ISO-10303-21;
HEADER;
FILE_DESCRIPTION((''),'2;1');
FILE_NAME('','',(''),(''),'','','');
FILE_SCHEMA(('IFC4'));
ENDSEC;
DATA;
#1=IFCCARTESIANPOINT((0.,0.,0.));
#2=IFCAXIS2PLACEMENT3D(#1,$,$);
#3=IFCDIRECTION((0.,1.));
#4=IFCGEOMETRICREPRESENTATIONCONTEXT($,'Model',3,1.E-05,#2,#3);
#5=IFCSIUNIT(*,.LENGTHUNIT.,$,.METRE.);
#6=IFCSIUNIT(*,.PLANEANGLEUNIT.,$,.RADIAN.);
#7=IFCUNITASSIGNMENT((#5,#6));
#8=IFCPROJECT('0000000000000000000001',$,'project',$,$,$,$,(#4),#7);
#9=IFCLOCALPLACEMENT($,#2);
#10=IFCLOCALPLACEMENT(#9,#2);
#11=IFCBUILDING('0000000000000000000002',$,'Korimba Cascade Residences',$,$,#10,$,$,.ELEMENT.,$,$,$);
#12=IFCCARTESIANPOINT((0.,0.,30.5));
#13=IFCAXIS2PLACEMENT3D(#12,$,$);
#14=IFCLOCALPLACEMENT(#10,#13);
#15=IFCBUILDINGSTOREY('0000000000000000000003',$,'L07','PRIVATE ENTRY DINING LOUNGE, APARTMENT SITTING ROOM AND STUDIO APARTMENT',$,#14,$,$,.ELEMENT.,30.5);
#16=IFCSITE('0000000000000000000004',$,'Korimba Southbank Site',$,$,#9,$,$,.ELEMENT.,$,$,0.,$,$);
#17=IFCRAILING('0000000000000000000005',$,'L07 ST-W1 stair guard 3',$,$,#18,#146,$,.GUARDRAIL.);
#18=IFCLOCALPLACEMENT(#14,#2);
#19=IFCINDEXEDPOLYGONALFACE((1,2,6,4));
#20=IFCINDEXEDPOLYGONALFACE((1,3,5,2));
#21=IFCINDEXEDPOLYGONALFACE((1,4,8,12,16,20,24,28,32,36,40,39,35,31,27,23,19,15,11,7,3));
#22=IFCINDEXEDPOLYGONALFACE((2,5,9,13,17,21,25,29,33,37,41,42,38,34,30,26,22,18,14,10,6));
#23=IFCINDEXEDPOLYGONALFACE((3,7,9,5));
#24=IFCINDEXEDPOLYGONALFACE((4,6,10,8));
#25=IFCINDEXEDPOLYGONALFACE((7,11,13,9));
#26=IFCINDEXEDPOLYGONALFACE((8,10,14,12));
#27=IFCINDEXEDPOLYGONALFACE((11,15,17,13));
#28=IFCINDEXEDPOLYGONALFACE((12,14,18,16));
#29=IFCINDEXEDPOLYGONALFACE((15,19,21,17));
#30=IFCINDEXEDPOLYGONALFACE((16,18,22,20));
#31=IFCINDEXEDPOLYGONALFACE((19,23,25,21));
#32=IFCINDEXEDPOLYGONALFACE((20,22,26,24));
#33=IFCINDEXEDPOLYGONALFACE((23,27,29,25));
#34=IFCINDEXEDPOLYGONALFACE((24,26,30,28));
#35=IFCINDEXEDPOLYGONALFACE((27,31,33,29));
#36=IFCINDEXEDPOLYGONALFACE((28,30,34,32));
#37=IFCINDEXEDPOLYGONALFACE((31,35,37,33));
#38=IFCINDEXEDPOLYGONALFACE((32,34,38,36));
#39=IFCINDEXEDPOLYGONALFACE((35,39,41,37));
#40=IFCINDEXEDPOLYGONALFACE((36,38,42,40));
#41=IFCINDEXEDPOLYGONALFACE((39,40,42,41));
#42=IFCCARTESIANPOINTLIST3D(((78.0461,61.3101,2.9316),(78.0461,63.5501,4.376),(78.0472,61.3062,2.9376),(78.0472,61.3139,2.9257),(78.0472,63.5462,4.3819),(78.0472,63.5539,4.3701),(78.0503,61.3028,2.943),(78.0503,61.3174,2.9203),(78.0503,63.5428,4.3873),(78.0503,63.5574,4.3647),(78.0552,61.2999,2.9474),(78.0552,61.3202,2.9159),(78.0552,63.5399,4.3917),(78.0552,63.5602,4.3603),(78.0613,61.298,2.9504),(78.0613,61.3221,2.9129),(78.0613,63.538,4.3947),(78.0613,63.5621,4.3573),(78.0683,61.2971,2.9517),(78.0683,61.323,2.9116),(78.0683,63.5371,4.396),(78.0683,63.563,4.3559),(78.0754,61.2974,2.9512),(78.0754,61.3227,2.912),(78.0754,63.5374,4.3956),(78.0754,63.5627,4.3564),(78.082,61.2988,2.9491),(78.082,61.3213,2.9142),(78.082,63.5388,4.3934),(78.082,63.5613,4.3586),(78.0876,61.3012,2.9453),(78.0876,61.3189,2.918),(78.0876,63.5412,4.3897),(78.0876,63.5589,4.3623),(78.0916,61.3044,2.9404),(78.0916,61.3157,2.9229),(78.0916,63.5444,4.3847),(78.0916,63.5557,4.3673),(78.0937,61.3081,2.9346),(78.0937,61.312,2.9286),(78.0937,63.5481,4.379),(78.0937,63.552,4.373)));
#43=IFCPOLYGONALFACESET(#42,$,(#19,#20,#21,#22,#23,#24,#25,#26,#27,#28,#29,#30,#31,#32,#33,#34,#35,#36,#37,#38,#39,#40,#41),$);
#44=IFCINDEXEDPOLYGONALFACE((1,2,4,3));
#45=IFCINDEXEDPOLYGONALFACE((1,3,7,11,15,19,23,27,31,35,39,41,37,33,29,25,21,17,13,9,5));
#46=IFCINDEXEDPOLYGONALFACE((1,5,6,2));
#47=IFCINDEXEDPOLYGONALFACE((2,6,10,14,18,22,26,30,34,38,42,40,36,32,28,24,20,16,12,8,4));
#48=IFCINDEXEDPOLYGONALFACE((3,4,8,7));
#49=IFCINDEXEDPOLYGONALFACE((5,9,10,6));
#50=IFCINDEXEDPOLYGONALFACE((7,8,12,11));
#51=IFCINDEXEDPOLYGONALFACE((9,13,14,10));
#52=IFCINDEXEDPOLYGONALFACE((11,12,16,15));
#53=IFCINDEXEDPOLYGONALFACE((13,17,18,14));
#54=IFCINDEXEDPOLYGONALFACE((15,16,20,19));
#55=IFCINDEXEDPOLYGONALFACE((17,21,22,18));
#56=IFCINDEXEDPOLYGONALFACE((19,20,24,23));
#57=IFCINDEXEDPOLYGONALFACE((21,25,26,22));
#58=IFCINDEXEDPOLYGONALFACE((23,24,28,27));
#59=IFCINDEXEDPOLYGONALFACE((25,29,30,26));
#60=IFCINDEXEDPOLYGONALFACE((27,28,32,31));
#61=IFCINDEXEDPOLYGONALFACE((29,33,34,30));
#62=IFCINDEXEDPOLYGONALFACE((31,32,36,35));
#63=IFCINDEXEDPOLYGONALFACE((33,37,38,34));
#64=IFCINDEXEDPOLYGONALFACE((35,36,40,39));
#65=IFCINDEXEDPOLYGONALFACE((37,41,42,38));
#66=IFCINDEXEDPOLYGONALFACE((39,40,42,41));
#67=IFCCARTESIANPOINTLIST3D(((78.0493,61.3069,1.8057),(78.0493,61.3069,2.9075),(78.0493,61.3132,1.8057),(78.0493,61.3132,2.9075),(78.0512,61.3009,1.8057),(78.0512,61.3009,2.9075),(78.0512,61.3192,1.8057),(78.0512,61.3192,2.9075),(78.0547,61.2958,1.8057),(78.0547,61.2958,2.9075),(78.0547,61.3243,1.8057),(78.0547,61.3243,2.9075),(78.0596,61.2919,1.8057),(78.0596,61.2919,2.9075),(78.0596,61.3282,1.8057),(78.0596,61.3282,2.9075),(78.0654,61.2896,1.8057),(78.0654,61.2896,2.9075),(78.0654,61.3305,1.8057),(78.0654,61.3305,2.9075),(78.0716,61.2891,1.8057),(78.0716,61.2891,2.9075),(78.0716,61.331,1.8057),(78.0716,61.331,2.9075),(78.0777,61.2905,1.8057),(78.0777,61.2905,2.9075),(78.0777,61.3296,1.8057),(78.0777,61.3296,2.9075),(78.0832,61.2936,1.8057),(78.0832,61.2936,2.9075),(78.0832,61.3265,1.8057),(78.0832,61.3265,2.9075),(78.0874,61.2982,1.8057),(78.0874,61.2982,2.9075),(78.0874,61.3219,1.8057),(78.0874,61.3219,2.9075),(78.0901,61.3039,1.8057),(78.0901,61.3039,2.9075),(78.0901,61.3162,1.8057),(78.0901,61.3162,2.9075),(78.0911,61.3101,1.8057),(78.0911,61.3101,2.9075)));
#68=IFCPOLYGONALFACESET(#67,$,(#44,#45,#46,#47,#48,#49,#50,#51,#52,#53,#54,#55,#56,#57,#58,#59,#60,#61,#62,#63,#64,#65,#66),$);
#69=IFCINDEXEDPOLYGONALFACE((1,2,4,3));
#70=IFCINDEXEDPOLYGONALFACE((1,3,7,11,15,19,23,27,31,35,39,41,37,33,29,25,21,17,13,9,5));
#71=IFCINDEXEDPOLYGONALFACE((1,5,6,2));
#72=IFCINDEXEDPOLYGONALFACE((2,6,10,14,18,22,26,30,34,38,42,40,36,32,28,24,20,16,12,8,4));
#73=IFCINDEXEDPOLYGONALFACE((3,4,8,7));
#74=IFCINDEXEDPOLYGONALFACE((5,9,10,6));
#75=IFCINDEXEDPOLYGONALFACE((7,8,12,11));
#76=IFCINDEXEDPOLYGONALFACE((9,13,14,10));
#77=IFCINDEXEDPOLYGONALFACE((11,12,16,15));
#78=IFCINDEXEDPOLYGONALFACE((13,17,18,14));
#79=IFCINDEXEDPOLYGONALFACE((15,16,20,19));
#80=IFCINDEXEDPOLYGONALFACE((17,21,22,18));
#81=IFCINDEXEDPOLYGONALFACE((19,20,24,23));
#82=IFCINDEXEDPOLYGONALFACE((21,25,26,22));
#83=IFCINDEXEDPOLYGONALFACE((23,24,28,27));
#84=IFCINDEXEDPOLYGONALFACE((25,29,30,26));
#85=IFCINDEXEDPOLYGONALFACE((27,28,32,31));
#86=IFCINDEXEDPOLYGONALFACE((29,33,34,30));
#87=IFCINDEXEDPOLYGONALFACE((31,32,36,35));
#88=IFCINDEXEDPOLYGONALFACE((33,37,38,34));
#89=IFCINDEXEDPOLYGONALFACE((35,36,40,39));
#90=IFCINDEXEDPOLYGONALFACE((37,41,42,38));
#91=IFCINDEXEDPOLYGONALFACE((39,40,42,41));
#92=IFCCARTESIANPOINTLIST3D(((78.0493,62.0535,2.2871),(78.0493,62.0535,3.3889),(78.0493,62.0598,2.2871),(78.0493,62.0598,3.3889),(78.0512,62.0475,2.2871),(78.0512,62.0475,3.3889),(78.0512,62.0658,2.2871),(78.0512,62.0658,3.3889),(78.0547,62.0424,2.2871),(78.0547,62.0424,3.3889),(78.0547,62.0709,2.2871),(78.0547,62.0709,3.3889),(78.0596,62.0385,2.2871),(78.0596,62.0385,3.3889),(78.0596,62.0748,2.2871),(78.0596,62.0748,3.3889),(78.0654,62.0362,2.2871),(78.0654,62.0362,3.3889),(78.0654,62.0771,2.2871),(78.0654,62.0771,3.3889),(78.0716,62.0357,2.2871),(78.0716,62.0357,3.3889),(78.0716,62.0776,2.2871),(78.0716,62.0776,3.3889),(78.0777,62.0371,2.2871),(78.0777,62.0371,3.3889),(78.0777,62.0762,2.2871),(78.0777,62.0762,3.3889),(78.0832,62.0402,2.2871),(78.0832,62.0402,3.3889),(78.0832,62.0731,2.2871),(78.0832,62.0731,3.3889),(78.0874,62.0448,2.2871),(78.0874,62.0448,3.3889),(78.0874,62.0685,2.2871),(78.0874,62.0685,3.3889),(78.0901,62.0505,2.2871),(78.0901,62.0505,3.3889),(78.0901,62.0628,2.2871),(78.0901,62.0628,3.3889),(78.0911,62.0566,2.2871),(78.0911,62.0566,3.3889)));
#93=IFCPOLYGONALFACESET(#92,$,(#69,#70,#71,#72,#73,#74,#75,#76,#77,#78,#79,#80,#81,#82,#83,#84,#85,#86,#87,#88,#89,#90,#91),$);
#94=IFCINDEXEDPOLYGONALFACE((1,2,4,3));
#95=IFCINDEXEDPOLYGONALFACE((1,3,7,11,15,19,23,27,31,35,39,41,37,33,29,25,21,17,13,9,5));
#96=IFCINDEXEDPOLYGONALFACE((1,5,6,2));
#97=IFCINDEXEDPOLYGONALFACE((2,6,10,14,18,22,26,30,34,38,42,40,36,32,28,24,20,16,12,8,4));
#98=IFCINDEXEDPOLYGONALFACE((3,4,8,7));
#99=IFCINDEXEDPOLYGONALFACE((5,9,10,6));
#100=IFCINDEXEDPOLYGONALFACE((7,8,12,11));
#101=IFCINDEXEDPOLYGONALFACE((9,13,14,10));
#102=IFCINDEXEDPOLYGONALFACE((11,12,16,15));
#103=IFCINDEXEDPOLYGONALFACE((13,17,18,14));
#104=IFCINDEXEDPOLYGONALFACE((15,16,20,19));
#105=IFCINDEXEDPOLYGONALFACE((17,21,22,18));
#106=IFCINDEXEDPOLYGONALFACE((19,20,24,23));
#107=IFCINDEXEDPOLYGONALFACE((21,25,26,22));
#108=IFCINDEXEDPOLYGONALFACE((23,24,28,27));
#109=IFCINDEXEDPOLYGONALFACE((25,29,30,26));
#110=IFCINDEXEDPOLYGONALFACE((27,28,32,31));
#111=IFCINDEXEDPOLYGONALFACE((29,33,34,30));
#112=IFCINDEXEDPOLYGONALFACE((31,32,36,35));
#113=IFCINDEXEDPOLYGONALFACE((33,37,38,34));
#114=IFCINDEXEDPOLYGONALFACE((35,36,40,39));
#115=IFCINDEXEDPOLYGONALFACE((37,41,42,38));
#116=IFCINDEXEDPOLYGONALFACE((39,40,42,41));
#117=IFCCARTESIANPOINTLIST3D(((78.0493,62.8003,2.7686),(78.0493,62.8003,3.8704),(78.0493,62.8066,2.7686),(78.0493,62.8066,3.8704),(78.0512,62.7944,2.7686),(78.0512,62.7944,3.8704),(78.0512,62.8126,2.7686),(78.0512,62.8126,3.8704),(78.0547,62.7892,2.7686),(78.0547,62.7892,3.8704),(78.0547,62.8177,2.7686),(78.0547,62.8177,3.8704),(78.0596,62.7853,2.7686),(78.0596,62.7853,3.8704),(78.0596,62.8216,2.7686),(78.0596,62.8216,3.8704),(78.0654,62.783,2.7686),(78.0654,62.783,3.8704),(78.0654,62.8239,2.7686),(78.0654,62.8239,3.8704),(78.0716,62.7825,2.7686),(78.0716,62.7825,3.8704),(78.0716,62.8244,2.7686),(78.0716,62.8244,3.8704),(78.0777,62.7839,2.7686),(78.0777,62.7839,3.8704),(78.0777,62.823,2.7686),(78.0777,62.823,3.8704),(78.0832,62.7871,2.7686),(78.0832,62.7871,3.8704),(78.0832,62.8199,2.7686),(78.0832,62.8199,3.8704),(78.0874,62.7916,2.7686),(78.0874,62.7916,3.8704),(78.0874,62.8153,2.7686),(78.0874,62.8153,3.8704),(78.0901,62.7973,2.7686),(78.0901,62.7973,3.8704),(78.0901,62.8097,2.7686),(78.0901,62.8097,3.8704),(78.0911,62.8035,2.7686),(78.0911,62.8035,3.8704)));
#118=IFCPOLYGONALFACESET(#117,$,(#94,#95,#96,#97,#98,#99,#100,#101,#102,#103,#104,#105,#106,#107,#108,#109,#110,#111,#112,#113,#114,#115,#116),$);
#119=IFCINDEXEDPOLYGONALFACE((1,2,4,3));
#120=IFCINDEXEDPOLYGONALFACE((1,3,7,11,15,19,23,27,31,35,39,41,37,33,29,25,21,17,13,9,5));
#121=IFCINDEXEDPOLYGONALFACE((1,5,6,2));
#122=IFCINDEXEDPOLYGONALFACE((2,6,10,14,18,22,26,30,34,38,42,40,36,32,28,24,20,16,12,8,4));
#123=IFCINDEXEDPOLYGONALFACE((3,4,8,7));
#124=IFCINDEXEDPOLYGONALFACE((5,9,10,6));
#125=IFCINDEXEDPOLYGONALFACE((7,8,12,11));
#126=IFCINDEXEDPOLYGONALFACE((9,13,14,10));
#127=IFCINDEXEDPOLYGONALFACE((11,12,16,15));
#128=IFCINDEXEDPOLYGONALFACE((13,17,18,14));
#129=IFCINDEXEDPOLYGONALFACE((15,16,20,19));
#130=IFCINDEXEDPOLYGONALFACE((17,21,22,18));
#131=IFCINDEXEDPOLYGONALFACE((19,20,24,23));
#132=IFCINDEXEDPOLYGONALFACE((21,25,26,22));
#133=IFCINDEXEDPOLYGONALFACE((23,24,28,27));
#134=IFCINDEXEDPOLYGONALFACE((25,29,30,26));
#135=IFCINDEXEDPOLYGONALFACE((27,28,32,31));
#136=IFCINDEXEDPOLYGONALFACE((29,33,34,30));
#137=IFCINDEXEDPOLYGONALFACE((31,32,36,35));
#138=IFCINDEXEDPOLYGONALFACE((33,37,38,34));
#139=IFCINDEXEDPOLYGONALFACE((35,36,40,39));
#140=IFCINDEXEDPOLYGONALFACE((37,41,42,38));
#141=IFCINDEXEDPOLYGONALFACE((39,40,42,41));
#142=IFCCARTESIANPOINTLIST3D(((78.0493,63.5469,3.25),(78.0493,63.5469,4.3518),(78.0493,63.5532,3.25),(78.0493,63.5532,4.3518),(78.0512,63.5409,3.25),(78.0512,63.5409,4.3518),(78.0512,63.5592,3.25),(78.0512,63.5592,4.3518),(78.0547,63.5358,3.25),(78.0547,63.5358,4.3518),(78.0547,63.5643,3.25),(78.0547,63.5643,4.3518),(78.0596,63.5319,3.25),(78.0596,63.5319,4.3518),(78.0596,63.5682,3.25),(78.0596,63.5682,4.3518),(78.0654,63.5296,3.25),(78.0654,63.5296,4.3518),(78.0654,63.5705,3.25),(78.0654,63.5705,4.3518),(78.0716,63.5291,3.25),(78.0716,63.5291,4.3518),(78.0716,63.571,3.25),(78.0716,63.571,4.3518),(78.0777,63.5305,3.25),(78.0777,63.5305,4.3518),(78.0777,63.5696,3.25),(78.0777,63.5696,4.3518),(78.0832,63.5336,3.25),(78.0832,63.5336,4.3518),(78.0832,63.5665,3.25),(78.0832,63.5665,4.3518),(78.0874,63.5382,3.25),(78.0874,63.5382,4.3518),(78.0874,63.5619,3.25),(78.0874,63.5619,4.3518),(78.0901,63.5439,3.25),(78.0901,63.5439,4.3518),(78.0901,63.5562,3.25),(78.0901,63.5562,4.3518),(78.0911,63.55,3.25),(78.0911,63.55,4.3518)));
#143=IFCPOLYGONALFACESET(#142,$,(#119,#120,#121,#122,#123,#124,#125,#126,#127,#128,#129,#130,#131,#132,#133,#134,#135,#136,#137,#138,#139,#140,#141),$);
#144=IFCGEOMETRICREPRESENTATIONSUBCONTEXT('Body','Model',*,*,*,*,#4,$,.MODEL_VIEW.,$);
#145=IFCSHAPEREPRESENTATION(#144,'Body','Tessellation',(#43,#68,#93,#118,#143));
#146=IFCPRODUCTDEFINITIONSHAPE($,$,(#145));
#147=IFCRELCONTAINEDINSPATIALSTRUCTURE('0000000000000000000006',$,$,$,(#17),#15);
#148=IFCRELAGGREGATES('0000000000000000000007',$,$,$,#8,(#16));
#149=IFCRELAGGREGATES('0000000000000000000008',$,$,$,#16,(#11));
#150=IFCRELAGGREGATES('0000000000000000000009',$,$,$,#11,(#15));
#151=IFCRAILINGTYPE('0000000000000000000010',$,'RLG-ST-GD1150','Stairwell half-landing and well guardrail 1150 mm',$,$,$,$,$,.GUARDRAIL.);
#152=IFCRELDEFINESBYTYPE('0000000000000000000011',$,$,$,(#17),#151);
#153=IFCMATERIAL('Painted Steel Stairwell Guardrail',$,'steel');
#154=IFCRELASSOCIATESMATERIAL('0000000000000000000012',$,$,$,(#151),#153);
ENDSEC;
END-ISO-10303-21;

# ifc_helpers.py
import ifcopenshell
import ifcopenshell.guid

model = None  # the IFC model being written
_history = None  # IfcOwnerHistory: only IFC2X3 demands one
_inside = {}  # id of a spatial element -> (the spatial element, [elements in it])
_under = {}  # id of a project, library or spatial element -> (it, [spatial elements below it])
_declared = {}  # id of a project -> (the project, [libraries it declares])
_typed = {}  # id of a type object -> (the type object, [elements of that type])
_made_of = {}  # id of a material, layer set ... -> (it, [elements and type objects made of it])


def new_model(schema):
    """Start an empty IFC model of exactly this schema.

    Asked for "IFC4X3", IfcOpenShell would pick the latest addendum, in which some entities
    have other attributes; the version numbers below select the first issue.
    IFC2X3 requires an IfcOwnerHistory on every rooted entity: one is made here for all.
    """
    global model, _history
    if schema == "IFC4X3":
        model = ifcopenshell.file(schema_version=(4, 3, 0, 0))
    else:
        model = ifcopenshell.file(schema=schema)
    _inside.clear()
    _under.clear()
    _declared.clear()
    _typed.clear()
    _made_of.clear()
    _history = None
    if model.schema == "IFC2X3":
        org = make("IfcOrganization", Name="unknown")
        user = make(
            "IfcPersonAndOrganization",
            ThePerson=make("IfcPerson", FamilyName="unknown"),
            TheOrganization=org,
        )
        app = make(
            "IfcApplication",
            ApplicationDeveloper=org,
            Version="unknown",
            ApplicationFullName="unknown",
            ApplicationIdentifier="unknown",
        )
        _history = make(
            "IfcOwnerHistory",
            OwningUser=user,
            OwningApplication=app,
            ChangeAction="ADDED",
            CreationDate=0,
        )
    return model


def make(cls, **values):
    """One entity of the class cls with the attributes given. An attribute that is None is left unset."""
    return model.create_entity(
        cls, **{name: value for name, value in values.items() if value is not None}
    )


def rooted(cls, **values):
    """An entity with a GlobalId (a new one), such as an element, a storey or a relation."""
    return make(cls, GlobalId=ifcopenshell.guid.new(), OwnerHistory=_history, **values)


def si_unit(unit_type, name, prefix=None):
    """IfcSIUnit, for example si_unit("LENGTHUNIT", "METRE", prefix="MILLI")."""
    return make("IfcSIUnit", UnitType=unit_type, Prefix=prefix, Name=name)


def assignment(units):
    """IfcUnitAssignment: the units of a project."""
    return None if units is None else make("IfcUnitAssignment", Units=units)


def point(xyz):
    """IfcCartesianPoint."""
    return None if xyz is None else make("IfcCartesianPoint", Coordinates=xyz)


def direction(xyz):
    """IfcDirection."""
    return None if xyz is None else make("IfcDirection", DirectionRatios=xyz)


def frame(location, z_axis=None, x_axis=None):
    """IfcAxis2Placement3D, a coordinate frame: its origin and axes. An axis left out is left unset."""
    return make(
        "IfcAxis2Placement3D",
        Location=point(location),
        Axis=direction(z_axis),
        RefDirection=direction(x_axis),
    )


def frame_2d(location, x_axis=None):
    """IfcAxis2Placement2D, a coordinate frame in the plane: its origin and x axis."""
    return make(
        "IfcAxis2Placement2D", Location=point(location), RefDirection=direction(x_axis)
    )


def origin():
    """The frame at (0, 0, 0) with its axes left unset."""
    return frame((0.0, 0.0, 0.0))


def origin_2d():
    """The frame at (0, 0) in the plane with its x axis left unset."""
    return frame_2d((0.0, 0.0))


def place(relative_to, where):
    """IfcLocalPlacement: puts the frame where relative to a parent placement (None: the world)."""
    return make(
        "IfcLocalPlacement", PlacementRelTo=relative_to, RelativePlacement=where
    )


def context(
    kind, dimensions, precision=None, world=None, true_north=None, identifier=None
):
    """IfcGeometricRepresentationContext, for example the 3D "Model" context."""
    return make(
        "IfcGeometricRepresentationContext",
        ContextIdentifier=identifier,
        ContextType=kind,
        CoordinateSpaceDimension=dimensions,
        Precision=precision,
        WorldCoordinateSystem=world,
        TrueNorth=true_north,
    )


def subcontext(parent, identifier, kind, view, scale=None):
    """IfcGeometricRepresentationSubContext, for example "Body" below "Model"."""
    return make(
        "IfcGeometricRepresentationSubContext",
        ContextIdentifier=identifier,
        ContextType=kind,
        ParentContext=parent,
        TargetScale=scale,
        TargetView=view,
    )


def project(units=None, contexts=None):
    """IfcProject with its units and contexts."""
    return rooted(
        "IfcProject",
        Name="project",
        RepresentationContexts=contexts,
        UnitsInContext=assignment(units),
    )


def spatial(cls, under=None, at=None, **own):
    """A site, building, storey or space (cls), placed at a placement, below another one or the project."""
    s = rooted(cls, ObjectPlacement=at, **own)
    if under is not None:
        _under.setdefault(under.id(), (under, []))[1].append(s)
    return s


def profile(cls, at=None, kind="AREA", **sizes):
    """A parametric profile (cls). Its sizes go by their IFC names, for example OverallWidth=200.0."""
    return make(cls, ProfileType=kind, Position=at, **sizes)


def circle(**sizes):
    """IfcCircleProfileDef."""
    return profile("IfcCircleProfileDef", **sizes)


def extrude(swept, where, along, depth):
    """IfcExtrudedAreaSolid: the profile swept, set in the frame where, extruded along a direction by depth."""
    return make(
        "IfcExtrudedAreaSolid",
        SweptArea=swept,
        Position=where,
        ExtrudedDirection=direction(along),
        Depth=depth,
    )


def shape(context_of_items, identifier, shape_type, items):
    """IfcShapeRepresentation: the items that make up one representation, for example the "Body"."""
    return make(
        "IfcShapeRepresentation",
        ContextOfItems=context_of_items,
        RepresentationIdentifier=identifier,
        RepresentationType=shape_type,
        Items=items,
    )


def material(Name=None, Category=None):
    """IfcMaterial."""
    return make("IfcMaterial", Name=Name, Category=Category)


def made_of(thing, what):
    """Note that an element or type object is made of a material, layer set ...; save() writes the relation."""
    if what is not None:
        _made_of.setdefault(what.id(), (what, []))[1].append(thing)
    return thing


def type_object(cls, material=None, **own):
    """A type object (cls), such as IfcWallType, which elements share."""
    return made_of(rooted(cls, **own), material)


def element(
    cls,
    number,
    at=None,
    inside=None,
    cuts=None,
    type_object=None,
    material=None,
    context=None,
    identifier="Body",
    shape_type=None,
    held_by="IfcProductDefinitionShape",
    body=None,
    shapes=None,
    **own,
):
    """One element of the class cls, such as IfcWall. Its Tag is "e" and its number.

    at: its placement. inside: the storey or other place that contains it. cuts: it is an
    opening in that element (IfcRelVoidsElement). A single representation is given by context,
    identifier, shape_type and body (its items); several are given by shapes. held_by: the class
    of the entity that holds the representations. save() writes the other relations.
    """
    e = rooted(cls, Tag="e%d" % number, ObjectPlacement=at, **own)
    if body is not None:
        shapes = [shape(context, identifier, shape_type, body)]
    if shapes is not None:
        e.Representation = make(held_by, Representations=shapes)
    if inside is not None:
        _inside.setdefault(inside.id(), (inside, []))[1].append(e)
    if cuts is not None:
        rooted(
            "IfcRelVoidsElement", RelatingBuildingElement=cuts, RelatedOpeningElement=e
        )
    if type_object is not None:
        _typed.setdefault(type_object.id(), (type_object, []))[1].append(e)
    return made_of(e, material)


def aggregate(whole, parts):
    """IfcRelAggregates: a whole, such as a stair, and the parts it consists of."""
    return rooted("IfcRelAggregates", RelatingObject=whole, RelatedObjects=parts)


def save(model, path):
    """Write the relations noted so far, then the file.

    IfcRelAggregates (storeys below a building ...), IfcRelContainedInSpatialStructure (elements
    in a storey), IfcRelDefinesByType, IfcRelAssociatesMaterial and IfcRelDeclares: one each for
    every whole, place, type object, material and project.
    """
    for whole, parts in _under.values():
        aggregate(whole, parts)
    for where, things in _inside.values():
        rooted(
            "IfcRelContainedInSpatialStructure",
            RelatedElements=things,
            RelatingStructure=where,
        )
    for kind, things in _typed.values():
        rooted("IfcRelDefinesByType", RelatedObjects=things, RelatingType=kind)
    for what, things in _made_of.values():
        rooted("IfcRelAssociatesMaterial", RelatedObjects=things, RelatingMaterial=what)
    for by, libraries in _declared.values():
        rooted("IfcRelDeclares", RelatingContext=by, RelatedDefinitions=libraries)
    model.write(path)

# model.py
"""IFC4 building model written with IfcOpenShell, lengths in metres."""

from ifc_helpers import new_model, si_unit, direction, frame, origin, origin_2d, place, context, subcontext, project, spatial, circle, extrude, material, type_object, element, save


model = new_model("IFC4")

# Units and contexts
model_context = context("Model", 3, precision=1e-05, world=origin(), true_north=direction((0.0, 1.0)))
body_context = subcontext(model_context, "Body", "Model", "MODEL_VIEW")
ifc_project = project(units=[si_unit("LENGTHUNIT", "METRE"), si_unit("PLANEANGLEUNIT", "RADIAN")], contexts=[model_context])

# Site, building, storey
site_placement = place(None, origin())
site = spatial("IfcSite", under=ifc_project, at=site_placement, Name="Korimba Southbank Site", CompositionType="ELEMENT", RefElevation=0.0)
building_placement = place(site_placement, origin())
building = spatial("IfcBuilding", under=site, at=building_placement, Name="Korimba Cascade Residences", CompositionType="ELEMENT")
storey_placement = place(building_placement, frame((0.0, 0.0, 30.5)))
storey = spatial("IfcBuildingStorey", under=building, at=storey_placement, Name="L07", Description="PRIVATE ENTRY DINING LOUNGE, APARTMENT SITTING ROOM AND STUDIO APARTMENT", CompositionType="ELEMENT", Elevation=30.5)

# Railing
ifc_material_1 = material(Name="Painted Steel Stairwell Guardrail", Category="steel")
railing_type = type_object("IfcRailingType", Name="RLG-ST-GD1150", Description="Stairwell half-landing and well guardrail 1150 mm", PredefinedType="GUARDRAIL", material=ifc_material_1)
railing_placement = place(storey_placement, frame((78.0701, 61.3101, 1.8057)))
element("IfcRailing", 1, at=railing_placement, inside=storey, type_object=railing_type, Name="L07 ST-W1 stair guard 3", PredefinedType="GUARDRAIL", context=body_context, shape_type="SweptSolid", body=[
    extrude(circle(Radius=0.0239, at=origin_2d()), frame((0.0, 0.0, 1.126), z_axis=(0.0, 0.840437, 0.54191), x_axis=(-1.0, 0.0, 0.0)), (0.0, 0.0, 1.0), 2.6653),
    extrude(circle(Radius=0.021, at=origin_2d()), origin(), (0.0, 0.0, 1.0), 1.1018),
    extrude(circle(Radius=0.021, at=origin_2d()), frame((0.0, 0.7466, 0.4814)), (0.0, 0.0, 1.0), 1.1018),
    extrude(circle(Radius=0.021, at=origin_2d()), frame((0.0, 1.4934, 0.9629)), (0.0, 0.0, 1.0), 1.1018),
    extrude(circle(Radius=0.021, at=origin_2d()), frame((0.0, 2.24, 1.4443)), (0.0, 0.0, 1.0), 1.1018),
])

save(model, "model.ifc")
